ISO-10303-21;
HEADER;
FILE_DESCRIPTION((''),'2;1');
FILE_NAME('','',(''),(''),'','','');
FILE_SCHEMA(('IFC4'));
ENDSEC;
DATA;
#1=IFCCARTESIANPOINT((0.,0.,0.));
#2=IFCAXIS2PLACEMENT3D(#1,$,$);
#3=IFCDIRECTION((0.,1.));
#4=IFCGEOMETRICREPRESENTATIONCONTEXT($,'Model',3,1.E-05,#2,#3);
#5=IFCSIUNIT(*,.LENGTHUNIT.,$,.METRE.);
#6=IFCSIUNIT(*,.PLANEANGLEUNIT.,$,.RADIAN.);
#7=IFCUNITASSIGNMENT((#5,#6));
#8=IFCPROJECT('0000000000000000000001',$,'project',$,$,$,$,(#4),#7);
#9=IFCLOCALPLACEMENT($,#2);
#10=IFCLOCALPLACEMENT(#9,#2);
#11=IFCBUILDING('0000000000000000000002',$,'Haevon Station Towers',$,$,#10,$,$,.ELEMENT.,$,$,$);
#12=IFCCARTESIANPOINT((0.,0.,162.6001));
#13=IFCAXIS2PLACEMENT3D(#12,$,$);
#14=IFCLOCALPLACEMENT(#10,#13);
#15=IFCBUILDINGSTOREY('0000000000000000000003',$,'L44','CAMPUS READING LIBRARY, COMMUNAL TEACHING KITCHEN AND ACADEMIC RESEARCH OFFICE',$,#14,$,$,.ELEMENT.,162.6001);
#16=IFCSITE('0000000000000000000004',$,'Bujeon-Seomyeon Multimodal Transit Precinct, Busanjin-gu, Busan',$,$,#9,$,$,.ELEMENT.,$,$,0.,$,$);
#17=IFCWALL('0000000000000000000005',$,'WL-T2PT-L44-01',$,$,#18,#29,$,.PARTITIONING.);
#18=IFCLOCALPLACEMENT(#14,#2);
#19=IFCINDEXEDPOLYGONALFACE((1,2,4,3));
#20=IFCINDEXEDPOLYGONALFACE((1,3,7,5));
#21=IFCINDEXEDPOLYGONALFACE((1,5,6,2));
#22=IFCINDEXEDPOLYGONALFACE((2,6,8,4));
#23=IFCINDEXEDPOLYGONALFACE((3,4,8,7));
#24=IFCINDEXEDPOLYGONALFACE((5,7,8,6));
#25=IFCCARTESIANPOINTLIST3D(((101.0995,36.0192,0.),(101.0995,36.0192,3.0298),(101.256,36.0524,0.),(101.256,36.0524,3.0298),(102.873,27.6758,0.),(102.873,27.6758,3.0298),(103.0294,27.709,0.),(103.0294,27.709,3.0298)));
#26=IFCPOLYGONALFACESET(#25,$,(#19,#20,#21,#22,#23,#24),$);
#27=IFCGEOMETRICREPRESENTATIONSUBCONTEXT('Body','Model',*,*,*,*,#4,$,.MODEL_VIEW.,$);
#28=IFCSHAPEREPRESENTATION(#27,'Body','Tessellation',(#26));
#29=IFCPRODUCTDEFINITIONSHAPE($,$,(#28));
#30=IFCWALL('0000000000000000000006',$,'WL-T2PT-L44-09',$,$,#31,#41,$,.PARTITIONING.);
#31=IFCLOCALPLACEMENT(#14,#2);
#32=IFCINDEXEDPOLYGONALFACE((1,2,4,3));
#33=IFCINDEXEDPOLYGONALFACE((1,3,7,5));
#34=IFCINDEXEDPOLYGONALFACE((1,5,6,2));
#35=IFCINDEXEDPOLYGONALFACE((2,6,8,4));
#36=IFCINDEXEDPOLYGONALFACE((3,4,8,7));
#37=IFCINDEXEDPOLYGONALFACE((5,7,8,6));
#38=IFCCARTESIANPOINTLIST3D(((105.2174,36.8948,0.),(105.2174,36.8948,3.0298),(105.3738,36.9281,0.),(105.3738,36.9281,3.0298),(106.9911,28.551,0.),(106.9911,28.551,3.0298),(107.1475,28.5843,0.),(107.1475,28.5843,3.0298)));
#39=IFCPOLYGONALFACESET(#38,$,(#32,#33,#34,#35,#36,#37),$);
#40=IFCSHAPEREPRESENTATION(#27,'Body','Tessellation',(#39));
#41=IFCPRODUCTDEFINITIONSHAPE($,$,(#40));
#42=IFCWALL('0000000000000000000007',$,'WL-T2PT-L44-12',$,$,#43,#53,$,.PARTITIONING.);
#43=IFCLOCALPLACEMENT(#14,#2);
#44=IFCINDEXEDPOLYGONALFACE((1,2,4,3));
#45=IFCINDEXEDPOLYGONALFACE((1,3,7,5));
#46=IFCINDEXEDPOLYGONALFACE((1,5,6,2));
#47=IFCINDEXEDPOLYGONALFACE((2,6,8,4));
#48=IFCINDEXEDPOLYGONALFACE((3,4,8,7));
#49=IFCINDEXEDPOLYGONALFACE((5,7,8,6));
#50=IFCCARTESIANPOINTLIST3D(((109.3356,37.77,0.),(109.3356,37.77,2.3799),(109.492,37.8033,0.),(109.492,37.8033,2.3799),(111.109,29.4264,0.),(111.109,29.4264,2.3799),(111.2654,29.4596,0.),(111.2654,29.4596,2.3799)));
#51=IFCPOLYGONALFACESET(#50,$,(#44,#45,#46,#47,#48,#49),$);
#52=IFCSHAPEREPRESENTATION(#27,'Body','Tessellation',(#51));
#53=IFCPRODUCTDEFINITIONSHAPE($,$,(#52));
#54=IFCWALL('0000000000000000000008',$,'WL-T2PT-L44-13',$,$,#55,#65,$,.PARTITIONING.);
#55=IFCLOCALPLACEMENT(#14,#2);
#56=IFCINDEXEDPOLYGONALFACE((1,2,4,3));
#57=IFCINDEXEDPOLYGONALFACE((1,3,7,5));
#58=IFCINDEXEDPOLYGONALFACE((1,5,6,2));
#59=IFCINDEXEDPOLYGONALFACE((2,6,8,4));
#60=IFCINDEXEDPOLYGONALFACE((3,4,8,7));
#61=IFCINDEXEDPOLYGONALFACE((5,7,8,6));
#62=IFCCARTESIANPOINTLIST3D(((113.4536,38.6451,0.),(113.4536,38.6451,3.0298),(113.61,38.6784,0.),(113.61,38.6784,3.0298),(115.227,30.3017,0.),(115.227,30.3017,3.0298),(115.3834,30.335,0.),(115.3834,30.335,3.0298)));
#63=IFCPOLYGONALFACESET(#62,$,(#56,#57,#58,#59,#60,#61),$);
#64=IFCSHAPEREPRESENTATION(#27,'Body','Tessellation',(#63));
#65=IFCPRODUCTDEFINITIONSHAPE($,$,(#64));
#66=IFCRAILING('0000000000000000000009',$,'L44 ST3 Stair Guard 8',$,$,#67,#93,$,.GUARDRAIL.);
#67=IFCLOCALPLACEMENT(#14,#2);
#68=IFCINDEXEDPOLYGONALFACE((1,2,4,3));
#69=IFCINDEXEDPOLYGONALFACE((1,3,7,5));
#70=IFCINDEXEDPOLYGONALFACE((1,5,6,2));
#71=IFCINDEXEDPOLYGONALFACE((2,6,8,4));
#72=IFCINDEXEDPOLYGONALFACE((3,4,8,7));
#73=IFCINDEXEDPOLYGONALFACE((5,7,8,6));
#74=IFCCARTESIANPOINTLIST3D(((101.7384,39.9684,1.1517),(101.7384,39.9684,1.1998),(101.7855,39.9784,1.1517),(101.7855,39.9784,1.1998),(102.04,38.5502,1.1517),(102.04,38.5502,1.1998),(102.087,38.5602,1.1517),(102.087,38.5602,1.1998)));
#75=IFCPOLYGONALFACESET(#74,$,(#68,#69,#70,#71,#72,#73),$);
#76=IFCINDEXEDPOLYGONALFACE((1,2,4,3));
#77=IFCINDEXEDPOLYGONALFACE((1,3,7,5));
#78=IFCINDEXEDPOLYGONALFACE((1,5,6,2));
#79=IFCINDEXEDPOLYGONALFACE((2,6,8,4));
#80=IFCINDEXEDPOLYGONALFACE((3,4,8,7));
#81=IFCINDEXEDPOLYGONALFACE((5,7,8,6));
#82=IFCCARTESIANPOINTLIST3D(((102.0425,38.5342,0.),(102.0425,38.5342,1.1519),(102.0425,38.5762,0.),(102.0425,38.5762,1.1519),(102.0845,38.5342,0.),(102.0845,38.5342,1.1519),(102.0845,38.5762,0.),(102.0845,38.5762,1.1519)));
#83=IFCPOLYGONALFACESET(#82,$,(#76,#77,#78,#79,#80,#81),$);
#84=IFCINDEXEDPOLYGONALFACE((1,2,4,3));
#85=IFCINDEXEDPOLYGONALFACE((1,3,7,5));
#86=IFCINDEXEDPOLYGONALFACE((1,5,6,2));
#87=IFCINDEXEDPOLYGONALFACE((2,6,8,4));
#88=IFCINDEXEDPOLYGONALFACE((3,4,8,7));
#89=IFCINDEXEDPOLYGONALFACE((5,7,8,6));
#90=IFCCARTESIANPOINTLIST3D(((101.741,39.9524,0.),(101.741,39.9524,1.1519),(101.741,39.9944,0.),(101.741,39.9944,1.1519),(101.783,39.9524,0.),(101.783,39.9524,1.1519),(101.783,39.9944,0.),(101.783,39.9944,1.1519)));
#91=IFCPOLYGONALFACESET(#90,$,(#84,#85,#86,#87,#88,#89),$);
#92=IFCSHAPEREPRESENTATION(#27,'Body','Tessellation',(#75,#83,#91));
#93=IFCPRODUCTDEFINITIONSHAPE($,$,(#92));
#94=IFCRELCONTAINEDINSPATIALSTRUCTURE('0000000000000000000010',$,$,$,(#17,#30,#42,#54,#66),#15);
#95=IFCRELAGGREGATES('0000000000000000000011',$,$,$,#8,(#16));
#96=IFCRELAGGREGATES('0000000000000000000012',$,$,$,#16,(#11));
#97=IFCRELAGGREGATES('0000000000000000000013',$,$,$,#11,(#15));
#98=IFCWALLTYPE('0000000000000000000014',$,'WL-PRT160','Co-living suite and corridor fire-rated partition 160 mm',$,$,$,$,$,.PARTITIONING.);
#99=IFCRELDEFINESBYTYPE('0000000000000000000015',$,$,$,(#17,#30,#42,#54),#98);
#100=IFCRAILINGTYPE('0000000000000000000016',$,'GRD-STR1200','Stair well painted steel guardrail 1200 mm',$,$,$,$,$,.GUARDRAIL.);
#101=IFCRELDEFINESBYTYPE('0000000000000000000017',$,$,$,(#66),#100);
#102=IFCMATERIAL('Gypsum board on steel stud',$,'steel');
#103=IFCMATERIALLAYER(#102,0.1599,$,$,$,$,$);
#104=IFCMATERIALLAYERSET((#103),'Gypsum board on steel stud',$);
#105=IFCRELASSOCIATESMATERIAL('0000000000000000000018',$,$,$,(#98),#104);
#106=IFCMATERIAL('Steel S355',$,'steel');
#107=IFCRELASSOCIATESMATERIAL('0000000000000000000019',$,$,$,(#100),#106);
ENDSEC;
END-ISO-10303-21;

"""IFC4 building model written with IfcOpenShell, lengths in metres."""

from ifc_helpers import new_model, si_unit, direction, frame, frame_2d, origin, origin_2d, place, context, subcontext, project, spatial, rectangle, extrude, material, layer, layer_set, type_object, element, save


model = new_model("IFC4")

# Units and contexts
model_context = context("Model", 3, precision=1e-05, world=origin(), true_north=direction((0.0, 1.0)))
body_context = subcontext(model_context, "Body", "Model", "MODEL_VIEW")
ifc_project = project(units=[si_unit("LENGTHUNIT", "METRE"), si_unit("PLANEANGLEUNIT", "RADIAN")], contexts=[model_context])

# Site, building, storey
site_placement = place(None, origin())
site = spatial("IfcSite", under=ifc_project, at=site_placement, Name="Bujeon-Seomyeon Multimodal Transit Precinct, Busanjin-gu, Busan", CompositionType="ELEMENT", RefElevation=0.0)
building_placement = place(site_placement, origin())
building = spatial("IfcBuilding", under=site, at=building_placement, Name="Haevon Station Towers", CompositionType="ELEMENT")
storey_placement = place(building_placement, frame((0.0, 0.0, 162.6001)))
storey = spatial("IfcBuildingStorey", under=building, at=storey_placement, Name="L44", Description="CAMPUS READING LIBRARY, COMMUNAL TEACHING KITCHEN AND ACADEMIC RESEARCH OFFICE", CompositionType="ELEMENT", Elevation=162.6001)

# Shared definitions
ifc_material_1 = material(Name="Steel S355", Category="steel")

# Shared definitions
ifc_material_2 = material(Name="Gypsum board on steel stud", Category="steel")

# Walls
ifc_layer_1 = layer(ifc_material_2, 0.1599)
ifc_layer_set_1 = layer_set([ifc_layer_1], Name="Gypsum board on steel stud")
wall_type_1 = type_object("IfcWallType", Name="WL-PRT160", Description="Co-living suite and corridor fire-rated partition 160 mm", PredefinedType="PARTITIONING", material=ifc_layer_set_1)
wall_1_placement = place(storey_placement, frame((102.9512, 27.6924, 0.0), z_axis=(0.0, 0.0, 1.0), x_axis=(-0.207908, 0.978148, 0.0)))
element("IfcWall", 1, at=wall_1_placement, inside=storey, type_object=wall_type_1, Name="WL-T2PT-L44-01", PredefinedType="PARTITIONING", context=body_context, shape_type="SweptSolid", body=[
    extrude(rectangle(XDim=8.5298, YDim=0.1599, at=frame_2d((4.2649, 0.0))), origin(), (0.0, 0.0, 1.0), 3.0298),
])
wall_2_placement = place(storey_placement, frame((107.0693, 28.5676, 0.0), z_axis=(0.0, 0.0, 1.0), x_axis=(-0.20793, 0.978144, 0.0)))
element("IfcWall", 2, at=wall_2_placement, inside=storey, type_object=wall_type_1, Name="WL-T2PT-L44-09", PredefinedType="PARTITIONING", context=body_context, shape_type="SweptSolid", body=[
    extrude(rectangle(XDim=8.5303, YDim=0.1599, at=frame_2d((4.2651, 0.0))), origin(), (0.0, 0.0, 1.0), 3.0298),
])
wall_3_placement = place(storey_placement, frame((111.1873, 29.4429, 0.0), z_axis=(0.0, 0.0, 1.0), x_axis=(-0.207903, 0.97815, 0.0)))
element("IfcWall", 3, at=wall_3_placement, inside=storey, type_object=wall_type_1, Name="WL-T2PT-L44-12", PredefinedType="PARTITIONING", context=body_context, shape_type="SweptSolid", body=[
    extrude(rectangle(XDim=8.53, YDim=0.1599, at=frame_2d((4.2651, 0.0))), origin(), (0.0, 0.0, 1.0), 2.3799),
])
wall_4_placement = place(storey_placement, frame((115.3052, 30.3184, 0.0), z_axis=(0.0, 0.0, 1.0), x_axis=(-0.207908, 0.978148, 0.0)))
element("IfcWall", 4, at=wall_4_placement, inside=storey, type_object=wall_type_1, Name="WL-T2PT-L44-13", PredefinedType="PARTITIONING", context=body_context, shape_type="SweptSolid", body=[
    extrude(rectangle(XDim=8.5298, YDim=0.1599, at=frame_2d((4.2649, 0.0))), origin(), (0.0, 0.0, 1.0), 3.0298),
])

# Railing
railing_type = type_object("IfcRailingType", Name="GRD-STR1200", Description="Stair well painted steel guardrail 1200 mm", PredefinedType="GUARDRAIL", material=ifc_material_1)
railing_placement = place(storey_placement, frame((102.0635, 38.5552, 0.0)))
element("IfcRailing", 5, at=railing_placement, inside=storey, type_object=railing_type, Name="L44 ST3 Stair Guard 8", PredefinedType="GUARDRAIL", context=body_context, shape_type="SweptSolid", body=[
    extrude(rectangle(XDim=0.0481, YDim=0.0481, at=origin_2d()), frame((0.0, 0.0, 1.1758), z_axis=(-0.207953, 0.978139, 0.0), x_axis=(-0.978139, -0.207953, 0.0)), (0.0, 0.0, 1.0), 1.45),
    extrude(rectangle(XDim=0.042, YDim=0.042, at=origin_2d()), origin(), (0.0, 0.0, 1.0), 1.1519),
    extrude(rectangle(XDim=0.042, YDim=0.042, at=origin_2d()), frame((-0.3015, 1.4182, 0.0)), (0.0, 0.0, 1.0), 1.1519),
])

save(model, "model.ifc")
